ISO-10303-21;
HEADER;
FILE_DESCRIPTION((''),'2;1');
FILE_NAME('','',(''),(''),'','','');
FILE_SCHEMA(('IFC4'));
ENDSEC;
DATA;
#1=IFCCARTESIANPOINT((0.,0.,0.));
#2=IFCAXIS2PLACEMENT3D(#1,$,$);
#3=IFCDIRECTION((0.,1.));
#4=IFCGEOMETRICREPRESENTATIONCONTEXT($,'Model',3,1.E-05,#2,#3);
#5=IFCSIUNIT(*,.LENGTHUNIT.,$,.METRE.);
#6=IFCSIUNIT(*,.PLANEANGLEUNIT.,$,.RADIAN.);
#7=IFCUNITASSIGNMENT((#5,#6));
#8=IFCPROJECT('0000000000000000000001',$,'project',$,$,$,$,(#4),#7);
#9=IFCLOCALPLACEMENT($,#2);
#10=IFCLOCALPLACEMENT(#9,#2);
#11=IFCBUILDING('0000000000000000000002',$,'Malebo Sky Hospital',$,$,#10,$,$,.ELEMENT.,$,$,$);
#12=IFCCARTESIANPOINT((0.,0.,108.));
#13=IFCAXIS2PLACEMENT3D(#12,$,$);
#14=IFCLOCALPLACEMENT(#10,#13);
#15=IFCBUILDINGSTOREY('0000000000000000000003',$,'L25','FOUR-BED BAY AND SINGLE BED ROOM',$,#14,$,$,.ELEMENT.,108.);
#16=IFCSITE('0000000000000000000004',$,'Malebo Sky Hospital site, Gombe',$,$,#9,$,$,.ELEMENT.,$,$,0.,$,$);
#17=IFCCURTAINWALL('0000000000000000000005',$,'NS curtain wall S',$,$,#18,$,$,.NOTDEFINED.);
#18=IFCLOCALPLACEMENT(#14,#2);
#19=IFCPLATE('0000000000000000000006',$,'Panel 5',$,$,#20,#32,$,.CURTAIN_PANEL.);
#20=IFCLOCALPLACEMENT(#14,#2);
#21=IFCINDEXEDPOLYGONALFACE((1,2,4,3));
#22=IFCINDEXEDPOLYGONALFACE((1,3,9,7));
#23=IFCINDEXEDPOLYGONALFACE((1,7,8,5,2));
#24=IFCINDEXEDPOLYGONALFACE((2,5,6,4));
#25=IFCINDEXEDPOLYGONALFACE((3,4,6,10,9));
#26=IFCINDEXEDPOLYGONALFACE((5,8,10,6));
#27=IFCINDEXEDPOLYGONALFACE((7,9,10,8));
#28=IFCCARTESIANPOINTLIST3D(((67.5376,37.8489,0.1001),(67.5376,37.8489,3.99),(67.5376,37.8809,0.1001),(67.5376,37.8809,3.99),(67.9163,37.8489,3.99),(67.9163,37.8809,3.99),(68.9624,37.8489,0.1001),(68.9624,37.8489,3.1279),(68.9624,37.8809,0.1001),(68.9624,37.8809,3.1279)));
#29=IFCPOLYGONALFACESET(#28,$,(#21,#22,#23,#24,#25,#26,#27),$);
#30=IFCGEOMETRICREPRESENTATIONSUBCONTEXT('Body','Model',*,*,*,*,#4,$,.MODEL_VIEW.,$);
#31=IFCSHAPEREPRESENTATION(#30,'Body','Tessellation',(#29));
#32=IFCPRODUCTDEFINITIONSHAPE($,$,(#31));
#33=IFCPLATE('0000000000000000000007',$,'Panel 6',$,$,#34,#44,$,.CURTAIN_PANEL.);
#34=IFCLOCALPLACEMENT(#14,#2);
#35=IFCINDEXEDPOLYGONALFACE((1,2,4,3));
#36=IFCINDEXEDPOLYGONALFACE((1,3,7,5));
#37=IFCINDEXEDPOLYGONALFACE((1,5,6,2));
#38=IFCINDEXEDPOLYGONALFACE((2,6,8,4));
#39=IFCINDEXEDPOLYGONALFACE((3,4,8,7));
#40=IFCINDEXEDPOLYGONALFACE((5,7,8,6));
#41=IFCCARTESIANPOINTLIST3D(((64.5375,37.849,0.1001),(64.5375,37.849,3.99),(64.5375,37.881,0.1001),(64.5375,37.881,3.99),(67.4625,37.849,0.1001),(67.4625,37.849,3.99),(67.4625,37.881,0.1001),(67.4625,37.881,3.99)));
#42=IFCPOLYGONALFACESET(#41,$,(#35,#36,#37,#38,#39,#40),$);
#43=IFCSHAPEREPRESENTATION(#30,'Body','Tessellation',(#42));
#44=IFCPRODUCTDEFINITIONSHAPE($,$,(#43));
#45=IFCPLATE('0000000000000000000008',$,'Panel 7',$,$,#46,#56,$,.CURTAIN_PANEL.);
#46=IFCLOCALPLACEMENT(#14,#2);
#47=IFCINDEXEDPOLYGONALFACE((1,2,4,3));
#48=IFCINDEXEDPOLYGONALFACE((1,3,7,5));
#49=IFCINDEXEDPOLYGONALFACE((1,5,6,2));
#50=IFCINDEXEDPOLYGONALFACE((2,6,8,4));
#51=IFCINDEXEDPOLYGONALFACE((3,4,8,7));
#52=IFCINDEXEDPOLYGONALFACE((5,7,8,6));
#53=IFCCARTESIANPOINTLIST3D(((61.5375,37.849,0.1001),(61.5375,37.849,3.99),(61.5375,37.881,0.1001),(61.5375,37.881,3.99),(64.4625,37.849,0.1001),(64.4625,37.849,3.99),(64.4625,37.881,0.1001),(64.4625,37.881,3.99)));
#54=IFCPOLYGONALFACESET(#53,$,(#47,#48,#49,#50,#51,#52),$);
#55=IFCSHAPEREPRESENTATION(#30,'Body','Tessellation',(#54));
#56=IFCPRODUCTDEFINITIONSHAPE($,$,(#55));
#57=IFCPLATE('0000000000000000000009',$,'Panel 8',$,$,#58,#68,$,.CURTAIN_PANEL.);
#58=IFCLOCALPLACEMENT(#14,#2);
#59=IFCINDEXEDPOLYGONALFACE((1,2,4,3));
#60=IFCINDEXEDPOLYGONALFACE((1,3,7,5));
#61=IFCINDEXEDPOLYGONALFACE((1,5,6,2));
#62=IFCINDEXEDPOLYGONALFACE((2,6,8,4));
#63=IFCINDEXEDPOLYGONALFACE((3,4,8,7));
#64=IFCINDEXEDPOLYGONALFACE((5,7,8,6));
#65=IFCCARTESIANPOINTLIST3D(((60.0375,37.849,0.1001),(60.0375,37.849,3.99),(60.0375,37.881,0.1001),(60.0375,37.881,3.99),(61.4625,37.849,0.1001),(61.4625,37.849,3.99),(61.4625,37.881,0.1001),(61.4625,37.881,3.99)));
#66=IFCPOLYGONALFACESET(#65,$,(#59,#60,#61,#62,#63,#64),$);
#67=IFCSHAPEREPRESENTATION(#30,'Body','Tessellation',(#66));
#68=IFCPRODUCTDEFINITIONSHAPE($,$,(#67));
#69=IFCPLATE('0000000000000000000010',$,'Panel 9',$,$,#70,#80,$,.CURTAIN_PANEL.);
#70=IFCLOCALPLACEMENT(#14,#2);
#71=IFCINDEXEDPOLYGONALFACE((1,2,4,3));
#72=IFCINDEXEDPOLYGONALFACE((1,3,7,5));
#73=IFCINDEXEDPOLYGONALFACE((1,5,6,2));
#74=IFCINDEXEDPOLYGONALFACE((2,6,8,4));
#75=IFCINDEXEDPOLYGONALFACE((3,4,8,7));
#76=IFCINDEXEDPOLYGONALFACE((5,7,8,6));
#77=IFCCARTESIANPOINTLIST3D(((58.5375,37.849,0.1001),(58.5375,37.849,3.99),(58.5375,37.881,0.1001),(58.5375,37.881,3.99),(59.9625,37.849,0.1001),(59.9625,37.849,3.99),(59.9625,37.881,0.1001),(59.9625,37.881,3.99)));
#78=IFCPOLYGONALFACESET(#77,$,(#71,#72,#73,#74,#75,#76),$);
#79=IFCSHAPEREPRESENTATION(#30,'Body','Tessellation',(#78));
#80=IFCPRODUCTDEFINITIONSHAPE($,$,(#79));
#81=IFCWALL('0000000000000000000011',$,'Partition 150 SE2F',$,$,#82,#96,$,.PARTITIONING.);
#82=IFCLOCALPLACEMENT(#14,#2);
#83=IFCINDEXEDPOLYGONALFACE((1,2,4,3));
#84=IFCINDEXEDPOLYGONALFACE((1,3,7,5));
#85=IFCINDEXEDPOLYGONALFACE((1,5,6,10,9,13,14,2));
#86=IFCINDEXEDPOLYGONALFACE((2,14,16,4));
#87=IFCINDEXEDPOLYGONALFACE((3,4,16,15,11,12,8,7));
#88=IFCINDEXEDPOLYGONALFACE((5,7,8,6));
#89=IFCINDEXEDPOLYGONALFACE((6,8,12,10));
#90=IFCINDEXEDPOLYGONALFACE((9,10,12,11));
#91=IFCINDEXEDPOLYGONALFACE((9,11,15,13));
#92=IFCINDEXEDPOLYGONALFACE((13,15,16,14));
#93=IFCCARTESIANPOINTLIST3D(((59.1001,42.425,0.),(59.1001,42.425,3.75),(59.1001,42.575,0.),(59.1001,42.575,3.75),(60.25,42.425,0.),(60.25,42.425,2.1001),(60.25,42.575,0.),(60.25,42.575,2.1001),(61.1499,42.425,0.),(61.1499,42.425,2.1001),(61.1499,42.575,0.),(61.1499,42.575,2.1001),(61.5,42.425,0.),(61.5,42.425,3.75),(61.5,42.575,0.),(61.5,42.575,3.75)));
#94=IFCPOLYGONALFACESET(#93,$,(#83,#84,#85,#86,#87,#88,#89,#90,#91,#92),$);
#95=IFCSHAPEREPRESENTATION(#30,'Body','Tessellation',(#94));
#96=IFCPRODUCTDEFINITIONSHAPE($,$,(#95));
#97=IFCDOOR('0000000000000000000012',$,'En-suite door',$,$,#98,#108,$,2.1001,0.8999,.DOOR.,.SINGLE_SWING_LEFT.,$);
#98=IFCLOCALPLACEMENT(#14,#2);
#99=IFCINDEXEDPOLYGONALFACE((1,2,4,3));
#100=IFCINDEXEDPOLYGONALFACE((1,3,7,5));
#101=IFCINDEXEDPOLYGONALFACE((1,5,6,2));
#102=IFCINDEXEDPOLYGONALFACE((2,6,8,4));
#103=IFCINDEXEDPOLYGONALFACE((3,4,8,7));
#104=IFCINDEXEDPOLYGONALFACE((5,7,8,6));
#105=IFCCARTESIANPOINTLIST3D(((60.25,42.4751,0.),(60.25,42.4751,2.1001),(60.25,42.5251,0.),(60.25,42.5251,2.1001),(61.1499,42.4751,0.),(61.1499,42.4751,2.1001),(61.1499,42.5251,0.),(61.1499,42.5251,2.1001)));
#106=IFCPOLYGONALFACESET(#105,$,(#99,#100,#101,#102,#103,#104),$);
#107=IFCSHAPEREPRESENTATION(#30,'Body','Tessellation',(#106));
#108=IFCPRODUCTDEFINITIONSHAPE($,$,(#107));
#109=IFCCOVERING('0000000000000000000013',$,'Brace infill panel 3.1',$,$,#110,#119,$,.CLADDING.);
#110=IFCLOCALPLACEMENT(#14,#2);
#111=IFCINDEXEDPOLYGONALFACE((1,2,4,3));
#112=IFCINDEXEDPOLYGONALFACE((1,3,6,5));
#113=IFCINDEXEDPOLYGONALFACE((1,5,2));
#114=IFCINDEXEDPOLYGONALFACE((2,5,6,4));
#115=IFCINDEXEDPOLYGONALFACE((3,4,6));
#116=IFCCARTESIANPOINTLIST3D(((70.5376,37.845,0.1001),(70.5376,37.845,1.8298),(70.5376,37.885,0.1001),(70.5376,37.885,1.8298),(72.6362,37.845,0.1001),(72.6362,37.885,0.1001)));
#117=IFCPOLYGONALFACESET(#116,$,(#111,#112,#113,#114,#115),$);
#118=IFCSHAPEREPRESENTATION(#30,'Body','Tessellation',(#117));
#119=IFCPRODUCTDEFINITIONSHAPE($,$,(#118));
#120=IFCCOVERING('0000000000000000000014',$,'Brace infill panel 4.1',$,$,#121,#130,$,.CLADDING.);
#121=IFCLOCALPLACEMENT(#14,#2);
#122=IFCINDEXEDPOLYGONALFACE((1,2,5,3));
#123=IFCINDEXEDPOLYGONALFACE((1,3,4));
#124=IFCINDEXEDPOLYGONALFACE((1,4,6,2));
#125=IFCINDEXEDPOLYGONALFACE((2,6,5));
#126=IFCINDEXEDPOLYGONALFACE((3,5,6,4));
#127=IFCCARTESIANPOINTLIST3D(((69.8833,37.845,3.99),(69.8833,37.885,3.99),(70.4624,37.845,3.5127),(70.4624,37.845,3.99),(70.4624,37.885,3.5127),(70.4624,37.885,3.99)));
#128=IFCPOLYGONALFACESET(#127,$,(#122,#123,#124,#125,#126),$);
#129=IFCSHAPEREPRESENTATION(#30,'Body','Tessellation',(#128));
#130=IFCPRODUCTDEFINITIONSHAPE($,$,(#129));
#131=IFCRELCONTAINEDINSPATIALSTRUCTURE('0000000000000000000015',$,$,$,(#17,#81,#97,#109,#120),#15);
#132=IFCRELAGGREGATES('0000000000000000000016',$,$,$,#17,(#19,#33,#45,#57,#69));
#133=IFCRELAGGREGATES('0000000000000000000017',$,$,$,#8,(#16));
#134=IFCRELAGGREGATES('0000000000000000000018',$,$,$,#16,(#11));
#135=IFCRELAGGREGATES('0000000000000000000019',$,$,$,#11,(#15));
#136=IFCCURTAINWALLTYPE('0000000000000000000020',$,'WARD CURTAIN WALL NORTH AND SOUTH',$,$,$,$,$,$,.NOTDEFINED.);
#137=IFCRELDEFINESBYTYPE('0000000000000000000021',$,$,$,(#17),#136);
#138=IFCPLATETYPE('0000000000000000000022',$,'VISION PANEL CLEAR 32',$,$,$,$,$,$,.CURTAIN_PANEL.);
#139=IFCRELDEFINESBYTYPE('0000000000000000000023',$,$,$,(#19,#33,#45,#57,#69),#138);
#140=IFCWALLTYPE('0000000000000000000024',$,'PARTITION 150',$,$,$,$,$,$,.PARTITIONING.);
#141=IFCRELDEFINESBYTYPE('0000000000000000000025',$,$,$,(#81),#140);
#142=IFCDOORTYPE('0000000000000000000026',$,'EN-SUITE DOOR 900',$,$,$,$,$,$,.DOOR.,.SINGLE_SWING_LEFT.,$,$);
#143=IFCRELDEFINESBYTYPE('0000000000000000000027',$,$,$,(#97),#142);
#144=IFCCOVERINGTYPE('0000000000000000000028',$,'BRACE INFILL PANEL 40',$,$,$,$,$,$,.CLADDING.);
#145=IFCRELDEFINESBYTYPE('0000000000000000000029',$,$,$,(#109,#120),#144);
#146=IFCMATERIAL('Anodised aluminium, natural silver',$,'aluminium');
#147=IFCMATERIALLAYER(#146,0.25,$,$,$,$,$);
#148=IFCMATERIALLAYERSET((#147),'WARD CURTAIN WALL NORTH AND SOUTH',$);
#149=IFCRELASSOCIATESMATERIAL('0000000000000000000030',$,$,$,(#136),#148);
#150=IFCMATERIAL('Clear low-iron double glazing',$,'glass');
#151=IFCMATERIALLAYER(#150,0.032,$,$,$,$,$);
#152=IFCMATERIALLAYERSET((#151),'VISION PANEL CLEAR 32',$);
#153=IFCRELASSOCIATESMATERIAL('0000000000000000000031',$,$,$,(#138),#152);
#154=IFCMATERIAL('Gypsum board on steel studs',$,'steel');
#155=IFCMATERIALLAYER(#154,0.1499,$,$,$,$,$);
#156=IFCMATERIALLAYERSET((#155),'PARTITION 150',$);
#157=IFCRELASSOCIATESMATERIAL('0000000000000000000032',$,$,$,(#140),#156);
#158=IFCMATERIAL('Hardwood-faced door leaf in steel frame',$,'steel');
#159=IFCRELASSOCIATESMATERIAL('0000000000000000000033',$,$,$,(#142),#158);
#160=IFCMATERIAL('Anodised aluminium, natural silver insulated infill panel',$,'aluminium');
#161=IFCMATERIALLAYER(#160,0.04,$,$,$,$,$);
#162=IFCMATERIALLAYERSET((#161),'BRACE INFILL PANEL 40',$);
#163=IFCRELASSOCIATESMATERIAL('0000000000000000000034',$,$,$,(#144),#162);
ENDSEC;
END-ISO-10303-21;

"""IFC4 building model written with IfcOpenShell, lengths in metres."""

from ifc_helpers import new_model, si_unit, direction, frame, frame_2d, origin, origin_2d, place, context, subcontext, project, spatial, polyline, rectangle, outline, extrude, material, layer, layer_set, type_object, element, fill, aggregate, save


model = new_model("IFC4")

# Units and contexts
model_context = context("Model", 3, precision=1e-05, world=origin(), true_north=direction((0.0, 1.0)))
body_context = subcontext(model_context, "Body", "Model", "MODEL_VIEW")
ifc_project = project(units=[si_unit("LENGTHUNIT", "METRE"), si_unit("PLANEANGLEUNIT", "RADIAN")], contexts=[model_context])

# Site, building, storey
site_placement = place(None, origin())
site = spatial("IfcSite", under=ifc_project, at=site_placement, Name="Malebo Sky Hospital site, Gombe", CompositionType="ELEMENT", RefElevation=0.0)
building_placement = place(site_placement, origin())
building = spatial("IfcBuilding", under=site, at=building_placement, Name="Malebo Sky Hospital", CompositionType="ELEMENT")
storey_placement = place(building_placement, frame((0.0, 0.0, 108.0)))
storey = spatial("IfcBuildingStorey", under=building, at=storey_placement, Name="L25", Description="FOUR-BED BAY AND SINGLE BED ROOM", CompositionType="ELEMENT", Elevation=108.0)

# Curtain wall
ifc_material_1 = material(Name="Anodised aluminium, natural silver", Category="aluminium")
ifc_layer_1 = layer(ifc_material_1, 0.25)
ifc_layer_set_1 = layer_set([ifc_layer_1], Name="WARD CURTAIN WALL NORTH AND SOUTH")
curtain_wall_type = type_object("IfcCurtainWallType", Name="WARD CURTAIN WALL NORTH AND SOUTH", PredefinedType="NOTDEFINED", material=ifc_layer_set_1)
curtain_wall_placement = place(storey_placement, origin())
curtain_wall = element("IfcCurtainWall", 1, at=curtain_wall_placement, inside=storey, type_object=curtain_wall_type, Name="NS curtain wall S", PredefinedType="NOTDEFINED")

# Plates
ifc_material_2 = material(Name="Clear low-iron double glazing", Category="glass")
ifc_layer_2 = layer(ifc_material_2, 0.032)
ifc_layer_set_2 = layer_set([ifc_layer_2], Name="VISION PANEL CLEAR 32")
plate_type = type_object("IfcPlateType", Name="VISION PANEL CLEAR 32", PredefinedType="CURTAIN_PANEL", material=ifc_layer_set_2)
plate_1_placement = place(storey_placement, frame((68.25, 37.865, 0.1001), z_axis=(0.0, 0.0, 1.0), x_axis=(-1.0, 0.0, 0.0)))
plate_1 = element("IfcPlate", 2, at=plate_1_placement, type_object=plate_type, Name="Panel 5", PredefinedType="CURTAIN_PANEL", context=body_context, shape_type="SweptSolid", body=[
    extrude(outline(polyline([(-0.7124, 0.0), (0.7124, 0.0), (0.7124, 3.8899), (0.3337, 3.8899), (-0.7124, 3.0278), (-0.7124, 0.0)])), frame((0.0, 0.0161, 0.0), z_axis=(0.0, -1.0, 0.0), x_axis=(1.0, 0.0, 0.0)), (0.0, 0.0, 1.0), 0.032),
])
plate_2_placement = place(storey_placement, frame((66.0, 37.865, 0.1001), z_axis=(0.0, 0.0, 1.0), x_axis=(-1.0, 0.0, 0.0)))
plate_2 = element("IfcPlate", 3, at=plate_2_placement, type_object=plate_type, Name="Panel 6", PredefinedType="CURTAIN_PANEL", context=body_context, shape_type="SweptSolid", body=[
    extrude(rectangle(XDim=2.925, YDim=0.032, at=origin_2d()), origin(), (0.0, 0.0, 1.0), 3.8899),
])
plate_3_placement = place(storey_placement, frame((63.0, 37.865, 0.1001), z_axis=(0.0, 0.0, 1.0), x_axis=(-1.0, 0.0, 0.0)))
plate_3 = element("IfcPlate", 4, at=plate_3_placement, type_object=plate_type, Name="Panel 7", PredefinedType="CURTAIN_PANEL", context=body_context, shape_type="SweptSolid", body=[
    extrude(rectangle(XDim=2.925, YDim=0.032, at=origin_2d()), origin(), (0.0, 0.0, 1.0), 3.8899),
])
plate_4_placement = place(storey_placement, frame((60.75, 37.865, 0.1001), z_axis=(0.0, 0.0, 1.0), x_axis=(-1.0, 0.0, 0.0)))
plate_4 = element("IfcPlate", 5, at=plate_4_placement, type_object=plate_type, Name="Panel 8", PredefinedType="CURTAIN_PANEL", context=body_context, shape_type="SweptSolid", body=[
    extrude(rectangle(XDim=1.425, YDim=0.032, at=origin_2d()), origin(), (0.0, 0.0, 1.0), 3.8899),
])
plate_5_placement = place(storey_placement, frame((59.25, 37.865, 0.1001), z_axis=(0.0, 0.0, 1.0), x_axis=(-1.0, 0.0, 0.0)))
plate_5 = element("IfcPlate", 6, at=plate_5_placement, type_object=plate_type, Name="Panel 9", PredefinedType="CURTAIN_PANEL", context=body_context, shape_type="SweptSolid", body=[
    extrude(rectangle(XDim=1.425, YDim=0.032, at=origin_2d()), origin(), (0.0, 0.0, 1.0), 3.8899),
])
aggregate(curtain_wall, [plate_1, plate_2, plate_3, plate_4, plate_5])

# Wall, opening, door
ifc_material_3 = material(Name="Gypsum board on steel studs", Category="steel")
ifc_layer_3 = layer(ifc_material_3, 0.1499)
ifc_layer_set_3 = layer_set([ifc_layer_3], Name="PARTITION 150")
wall_type = type_object("IfcWallType", Name="PARTITION 150", PredefinedType="PARTITIONING", material=ifc_layer_set_3)
wall_placement = place(storey_placement, frame((61.5, 42.5, 0.0), z_axis=(0.0, 0.0, 1.0), x_axis=(-1.0, 0.0, 0.0)))
wall = element("IfcWall", 7, at=wall_placement, inside=storey, type_object=wall_type, Name="Partition 150 SE2F", PredefinedType="PARTITIONING", context=body_context, shape_type="SweptSolid", body=[
    extrude(rectangle(XDim=2.3999, YDim=0.1499, at=frame_2d((1.2, 0.0))), origin(), (0.0, 0.0, 1.0), 3.75),
])
opening_placement = place(wall_placement, frame((0.3501, 0.0, 0.0)))
opening = element("IfcOpeningElement", 8, at=opening_placement, cuts=wall, PredefinedType="OPENING", context=body_context, shape_type="SweptSolid", body=[
    extrude(rectangle(XDim=0.8999, YDim=2.1001, at=frame_2d((0.45, 1.05))), frame((0.0, 0.085, 0.0), z_axis=(0.0, -1.0, 0.0), x_axis=(1.0, 0.0, 0.0)), (0.0, 0.0, 1.0), 0.1699),
])
ifc_material_4 = material(Name="Hardwood-faced door leaf in steel frame", Category="steel")
door_type = type_object("IfcDoorType", Name="EN-SUITE DOOR 900", OperationType="SINGLE_SWING_LEFT", PredefinedType="DOOR", material=ifc_material_4)
door_placement = place(opening_placement, origin())
door = element("IfcDoor", 9, at=door_placement, inside=storey, type_object=door_type, Name="En-suite door", OperationType="SINGLE_SWING_LEFT", OverallHeight=2.1001, OverallWidth=0.8999, PredefinedType="DOOR", context=body_context, shape_type="SweptSolid", body=[
    extrude(rectangle(XDim=0.8999, YDim=2.1001, at=frame_2d((0.45, 1.05))), frame((0.0, 0.0249, 0.0), z_axis=(0.0, -1.0, 0.0), x_axis=(1.0, 0.0, 0.0)), (0.0, 0.0, 1.0), 0.05),
])
fill(opening, door)

# Coverings
ifc_material_5 = material(Name="Anodised aluminium, natural silver insulated infill panel", Category="aluminium")
ifc_layer_4 = layer(ifc_material_5, 0.04)
ifc_layer_set_4 = layer_set([ifc_layer_4], Name="BRACE INFILL PANEL 40")
covering_type = type_object("IfcCoveringType", Name="BRACE INFILL PANEL 40", PredefinedType="CLADDING", material=ifc_layer_set_4)
covering_1_placement = place(storey_placement, frame((71.5869, 37.865, 0.1001), z_axis=(0.0, 0.0, 1.0), x_axis=(-1.0, 0.0, 0.0)))
element("IfcCovering", 10, at=covering_1_placement, inside=storey, type_object=covering_type, Name="Brace infill panel 3.1", PredefinedType="CLADDING", context=body_context, shape_type="SweptSolid", body=[
    extrude(outline(polyline([(-1.0493, 0.0), (1.0493, 0.0), (1.0493, 1.7297), (-1.0493, 0.0)])), frame((0.0, 0.02, 0.0), z_axis=(0.0, -1.0, 0.0), x_axis=(1.0, 0.0, 0.0)), (0.0, 0.0, 1.0), 0.04),
])
covering_2_placement = place(storey_placement, frame((70.1729, 37.865, 3.5127), z_axis=(0.0, 0.0, 1.0), x_axis=(-1.0, 0.0, 0.0)))
element("IfcCovering", 11, at=covering_2_placement, inside=storey, type_object=covering_type, Name="Brace infill panel 4.1", PredefinedType="CLADDING", context=body_context, shape_type="SweptSolid", body=[
    extrude(outline(polyline([(-0.2896, 0.0), (0.2896, 0.4773), (-0.2896, 0.4773), (-0.2896, 0.0)])), frame((0.0, 0.02, 0.0), z_axis=(0.0, -1.0, 0.0), x_axis=(1.0, 0.0, 0.0)), (0.0, 0.0, 1.0), 0.04),
])

save(model, "model.ifc")
